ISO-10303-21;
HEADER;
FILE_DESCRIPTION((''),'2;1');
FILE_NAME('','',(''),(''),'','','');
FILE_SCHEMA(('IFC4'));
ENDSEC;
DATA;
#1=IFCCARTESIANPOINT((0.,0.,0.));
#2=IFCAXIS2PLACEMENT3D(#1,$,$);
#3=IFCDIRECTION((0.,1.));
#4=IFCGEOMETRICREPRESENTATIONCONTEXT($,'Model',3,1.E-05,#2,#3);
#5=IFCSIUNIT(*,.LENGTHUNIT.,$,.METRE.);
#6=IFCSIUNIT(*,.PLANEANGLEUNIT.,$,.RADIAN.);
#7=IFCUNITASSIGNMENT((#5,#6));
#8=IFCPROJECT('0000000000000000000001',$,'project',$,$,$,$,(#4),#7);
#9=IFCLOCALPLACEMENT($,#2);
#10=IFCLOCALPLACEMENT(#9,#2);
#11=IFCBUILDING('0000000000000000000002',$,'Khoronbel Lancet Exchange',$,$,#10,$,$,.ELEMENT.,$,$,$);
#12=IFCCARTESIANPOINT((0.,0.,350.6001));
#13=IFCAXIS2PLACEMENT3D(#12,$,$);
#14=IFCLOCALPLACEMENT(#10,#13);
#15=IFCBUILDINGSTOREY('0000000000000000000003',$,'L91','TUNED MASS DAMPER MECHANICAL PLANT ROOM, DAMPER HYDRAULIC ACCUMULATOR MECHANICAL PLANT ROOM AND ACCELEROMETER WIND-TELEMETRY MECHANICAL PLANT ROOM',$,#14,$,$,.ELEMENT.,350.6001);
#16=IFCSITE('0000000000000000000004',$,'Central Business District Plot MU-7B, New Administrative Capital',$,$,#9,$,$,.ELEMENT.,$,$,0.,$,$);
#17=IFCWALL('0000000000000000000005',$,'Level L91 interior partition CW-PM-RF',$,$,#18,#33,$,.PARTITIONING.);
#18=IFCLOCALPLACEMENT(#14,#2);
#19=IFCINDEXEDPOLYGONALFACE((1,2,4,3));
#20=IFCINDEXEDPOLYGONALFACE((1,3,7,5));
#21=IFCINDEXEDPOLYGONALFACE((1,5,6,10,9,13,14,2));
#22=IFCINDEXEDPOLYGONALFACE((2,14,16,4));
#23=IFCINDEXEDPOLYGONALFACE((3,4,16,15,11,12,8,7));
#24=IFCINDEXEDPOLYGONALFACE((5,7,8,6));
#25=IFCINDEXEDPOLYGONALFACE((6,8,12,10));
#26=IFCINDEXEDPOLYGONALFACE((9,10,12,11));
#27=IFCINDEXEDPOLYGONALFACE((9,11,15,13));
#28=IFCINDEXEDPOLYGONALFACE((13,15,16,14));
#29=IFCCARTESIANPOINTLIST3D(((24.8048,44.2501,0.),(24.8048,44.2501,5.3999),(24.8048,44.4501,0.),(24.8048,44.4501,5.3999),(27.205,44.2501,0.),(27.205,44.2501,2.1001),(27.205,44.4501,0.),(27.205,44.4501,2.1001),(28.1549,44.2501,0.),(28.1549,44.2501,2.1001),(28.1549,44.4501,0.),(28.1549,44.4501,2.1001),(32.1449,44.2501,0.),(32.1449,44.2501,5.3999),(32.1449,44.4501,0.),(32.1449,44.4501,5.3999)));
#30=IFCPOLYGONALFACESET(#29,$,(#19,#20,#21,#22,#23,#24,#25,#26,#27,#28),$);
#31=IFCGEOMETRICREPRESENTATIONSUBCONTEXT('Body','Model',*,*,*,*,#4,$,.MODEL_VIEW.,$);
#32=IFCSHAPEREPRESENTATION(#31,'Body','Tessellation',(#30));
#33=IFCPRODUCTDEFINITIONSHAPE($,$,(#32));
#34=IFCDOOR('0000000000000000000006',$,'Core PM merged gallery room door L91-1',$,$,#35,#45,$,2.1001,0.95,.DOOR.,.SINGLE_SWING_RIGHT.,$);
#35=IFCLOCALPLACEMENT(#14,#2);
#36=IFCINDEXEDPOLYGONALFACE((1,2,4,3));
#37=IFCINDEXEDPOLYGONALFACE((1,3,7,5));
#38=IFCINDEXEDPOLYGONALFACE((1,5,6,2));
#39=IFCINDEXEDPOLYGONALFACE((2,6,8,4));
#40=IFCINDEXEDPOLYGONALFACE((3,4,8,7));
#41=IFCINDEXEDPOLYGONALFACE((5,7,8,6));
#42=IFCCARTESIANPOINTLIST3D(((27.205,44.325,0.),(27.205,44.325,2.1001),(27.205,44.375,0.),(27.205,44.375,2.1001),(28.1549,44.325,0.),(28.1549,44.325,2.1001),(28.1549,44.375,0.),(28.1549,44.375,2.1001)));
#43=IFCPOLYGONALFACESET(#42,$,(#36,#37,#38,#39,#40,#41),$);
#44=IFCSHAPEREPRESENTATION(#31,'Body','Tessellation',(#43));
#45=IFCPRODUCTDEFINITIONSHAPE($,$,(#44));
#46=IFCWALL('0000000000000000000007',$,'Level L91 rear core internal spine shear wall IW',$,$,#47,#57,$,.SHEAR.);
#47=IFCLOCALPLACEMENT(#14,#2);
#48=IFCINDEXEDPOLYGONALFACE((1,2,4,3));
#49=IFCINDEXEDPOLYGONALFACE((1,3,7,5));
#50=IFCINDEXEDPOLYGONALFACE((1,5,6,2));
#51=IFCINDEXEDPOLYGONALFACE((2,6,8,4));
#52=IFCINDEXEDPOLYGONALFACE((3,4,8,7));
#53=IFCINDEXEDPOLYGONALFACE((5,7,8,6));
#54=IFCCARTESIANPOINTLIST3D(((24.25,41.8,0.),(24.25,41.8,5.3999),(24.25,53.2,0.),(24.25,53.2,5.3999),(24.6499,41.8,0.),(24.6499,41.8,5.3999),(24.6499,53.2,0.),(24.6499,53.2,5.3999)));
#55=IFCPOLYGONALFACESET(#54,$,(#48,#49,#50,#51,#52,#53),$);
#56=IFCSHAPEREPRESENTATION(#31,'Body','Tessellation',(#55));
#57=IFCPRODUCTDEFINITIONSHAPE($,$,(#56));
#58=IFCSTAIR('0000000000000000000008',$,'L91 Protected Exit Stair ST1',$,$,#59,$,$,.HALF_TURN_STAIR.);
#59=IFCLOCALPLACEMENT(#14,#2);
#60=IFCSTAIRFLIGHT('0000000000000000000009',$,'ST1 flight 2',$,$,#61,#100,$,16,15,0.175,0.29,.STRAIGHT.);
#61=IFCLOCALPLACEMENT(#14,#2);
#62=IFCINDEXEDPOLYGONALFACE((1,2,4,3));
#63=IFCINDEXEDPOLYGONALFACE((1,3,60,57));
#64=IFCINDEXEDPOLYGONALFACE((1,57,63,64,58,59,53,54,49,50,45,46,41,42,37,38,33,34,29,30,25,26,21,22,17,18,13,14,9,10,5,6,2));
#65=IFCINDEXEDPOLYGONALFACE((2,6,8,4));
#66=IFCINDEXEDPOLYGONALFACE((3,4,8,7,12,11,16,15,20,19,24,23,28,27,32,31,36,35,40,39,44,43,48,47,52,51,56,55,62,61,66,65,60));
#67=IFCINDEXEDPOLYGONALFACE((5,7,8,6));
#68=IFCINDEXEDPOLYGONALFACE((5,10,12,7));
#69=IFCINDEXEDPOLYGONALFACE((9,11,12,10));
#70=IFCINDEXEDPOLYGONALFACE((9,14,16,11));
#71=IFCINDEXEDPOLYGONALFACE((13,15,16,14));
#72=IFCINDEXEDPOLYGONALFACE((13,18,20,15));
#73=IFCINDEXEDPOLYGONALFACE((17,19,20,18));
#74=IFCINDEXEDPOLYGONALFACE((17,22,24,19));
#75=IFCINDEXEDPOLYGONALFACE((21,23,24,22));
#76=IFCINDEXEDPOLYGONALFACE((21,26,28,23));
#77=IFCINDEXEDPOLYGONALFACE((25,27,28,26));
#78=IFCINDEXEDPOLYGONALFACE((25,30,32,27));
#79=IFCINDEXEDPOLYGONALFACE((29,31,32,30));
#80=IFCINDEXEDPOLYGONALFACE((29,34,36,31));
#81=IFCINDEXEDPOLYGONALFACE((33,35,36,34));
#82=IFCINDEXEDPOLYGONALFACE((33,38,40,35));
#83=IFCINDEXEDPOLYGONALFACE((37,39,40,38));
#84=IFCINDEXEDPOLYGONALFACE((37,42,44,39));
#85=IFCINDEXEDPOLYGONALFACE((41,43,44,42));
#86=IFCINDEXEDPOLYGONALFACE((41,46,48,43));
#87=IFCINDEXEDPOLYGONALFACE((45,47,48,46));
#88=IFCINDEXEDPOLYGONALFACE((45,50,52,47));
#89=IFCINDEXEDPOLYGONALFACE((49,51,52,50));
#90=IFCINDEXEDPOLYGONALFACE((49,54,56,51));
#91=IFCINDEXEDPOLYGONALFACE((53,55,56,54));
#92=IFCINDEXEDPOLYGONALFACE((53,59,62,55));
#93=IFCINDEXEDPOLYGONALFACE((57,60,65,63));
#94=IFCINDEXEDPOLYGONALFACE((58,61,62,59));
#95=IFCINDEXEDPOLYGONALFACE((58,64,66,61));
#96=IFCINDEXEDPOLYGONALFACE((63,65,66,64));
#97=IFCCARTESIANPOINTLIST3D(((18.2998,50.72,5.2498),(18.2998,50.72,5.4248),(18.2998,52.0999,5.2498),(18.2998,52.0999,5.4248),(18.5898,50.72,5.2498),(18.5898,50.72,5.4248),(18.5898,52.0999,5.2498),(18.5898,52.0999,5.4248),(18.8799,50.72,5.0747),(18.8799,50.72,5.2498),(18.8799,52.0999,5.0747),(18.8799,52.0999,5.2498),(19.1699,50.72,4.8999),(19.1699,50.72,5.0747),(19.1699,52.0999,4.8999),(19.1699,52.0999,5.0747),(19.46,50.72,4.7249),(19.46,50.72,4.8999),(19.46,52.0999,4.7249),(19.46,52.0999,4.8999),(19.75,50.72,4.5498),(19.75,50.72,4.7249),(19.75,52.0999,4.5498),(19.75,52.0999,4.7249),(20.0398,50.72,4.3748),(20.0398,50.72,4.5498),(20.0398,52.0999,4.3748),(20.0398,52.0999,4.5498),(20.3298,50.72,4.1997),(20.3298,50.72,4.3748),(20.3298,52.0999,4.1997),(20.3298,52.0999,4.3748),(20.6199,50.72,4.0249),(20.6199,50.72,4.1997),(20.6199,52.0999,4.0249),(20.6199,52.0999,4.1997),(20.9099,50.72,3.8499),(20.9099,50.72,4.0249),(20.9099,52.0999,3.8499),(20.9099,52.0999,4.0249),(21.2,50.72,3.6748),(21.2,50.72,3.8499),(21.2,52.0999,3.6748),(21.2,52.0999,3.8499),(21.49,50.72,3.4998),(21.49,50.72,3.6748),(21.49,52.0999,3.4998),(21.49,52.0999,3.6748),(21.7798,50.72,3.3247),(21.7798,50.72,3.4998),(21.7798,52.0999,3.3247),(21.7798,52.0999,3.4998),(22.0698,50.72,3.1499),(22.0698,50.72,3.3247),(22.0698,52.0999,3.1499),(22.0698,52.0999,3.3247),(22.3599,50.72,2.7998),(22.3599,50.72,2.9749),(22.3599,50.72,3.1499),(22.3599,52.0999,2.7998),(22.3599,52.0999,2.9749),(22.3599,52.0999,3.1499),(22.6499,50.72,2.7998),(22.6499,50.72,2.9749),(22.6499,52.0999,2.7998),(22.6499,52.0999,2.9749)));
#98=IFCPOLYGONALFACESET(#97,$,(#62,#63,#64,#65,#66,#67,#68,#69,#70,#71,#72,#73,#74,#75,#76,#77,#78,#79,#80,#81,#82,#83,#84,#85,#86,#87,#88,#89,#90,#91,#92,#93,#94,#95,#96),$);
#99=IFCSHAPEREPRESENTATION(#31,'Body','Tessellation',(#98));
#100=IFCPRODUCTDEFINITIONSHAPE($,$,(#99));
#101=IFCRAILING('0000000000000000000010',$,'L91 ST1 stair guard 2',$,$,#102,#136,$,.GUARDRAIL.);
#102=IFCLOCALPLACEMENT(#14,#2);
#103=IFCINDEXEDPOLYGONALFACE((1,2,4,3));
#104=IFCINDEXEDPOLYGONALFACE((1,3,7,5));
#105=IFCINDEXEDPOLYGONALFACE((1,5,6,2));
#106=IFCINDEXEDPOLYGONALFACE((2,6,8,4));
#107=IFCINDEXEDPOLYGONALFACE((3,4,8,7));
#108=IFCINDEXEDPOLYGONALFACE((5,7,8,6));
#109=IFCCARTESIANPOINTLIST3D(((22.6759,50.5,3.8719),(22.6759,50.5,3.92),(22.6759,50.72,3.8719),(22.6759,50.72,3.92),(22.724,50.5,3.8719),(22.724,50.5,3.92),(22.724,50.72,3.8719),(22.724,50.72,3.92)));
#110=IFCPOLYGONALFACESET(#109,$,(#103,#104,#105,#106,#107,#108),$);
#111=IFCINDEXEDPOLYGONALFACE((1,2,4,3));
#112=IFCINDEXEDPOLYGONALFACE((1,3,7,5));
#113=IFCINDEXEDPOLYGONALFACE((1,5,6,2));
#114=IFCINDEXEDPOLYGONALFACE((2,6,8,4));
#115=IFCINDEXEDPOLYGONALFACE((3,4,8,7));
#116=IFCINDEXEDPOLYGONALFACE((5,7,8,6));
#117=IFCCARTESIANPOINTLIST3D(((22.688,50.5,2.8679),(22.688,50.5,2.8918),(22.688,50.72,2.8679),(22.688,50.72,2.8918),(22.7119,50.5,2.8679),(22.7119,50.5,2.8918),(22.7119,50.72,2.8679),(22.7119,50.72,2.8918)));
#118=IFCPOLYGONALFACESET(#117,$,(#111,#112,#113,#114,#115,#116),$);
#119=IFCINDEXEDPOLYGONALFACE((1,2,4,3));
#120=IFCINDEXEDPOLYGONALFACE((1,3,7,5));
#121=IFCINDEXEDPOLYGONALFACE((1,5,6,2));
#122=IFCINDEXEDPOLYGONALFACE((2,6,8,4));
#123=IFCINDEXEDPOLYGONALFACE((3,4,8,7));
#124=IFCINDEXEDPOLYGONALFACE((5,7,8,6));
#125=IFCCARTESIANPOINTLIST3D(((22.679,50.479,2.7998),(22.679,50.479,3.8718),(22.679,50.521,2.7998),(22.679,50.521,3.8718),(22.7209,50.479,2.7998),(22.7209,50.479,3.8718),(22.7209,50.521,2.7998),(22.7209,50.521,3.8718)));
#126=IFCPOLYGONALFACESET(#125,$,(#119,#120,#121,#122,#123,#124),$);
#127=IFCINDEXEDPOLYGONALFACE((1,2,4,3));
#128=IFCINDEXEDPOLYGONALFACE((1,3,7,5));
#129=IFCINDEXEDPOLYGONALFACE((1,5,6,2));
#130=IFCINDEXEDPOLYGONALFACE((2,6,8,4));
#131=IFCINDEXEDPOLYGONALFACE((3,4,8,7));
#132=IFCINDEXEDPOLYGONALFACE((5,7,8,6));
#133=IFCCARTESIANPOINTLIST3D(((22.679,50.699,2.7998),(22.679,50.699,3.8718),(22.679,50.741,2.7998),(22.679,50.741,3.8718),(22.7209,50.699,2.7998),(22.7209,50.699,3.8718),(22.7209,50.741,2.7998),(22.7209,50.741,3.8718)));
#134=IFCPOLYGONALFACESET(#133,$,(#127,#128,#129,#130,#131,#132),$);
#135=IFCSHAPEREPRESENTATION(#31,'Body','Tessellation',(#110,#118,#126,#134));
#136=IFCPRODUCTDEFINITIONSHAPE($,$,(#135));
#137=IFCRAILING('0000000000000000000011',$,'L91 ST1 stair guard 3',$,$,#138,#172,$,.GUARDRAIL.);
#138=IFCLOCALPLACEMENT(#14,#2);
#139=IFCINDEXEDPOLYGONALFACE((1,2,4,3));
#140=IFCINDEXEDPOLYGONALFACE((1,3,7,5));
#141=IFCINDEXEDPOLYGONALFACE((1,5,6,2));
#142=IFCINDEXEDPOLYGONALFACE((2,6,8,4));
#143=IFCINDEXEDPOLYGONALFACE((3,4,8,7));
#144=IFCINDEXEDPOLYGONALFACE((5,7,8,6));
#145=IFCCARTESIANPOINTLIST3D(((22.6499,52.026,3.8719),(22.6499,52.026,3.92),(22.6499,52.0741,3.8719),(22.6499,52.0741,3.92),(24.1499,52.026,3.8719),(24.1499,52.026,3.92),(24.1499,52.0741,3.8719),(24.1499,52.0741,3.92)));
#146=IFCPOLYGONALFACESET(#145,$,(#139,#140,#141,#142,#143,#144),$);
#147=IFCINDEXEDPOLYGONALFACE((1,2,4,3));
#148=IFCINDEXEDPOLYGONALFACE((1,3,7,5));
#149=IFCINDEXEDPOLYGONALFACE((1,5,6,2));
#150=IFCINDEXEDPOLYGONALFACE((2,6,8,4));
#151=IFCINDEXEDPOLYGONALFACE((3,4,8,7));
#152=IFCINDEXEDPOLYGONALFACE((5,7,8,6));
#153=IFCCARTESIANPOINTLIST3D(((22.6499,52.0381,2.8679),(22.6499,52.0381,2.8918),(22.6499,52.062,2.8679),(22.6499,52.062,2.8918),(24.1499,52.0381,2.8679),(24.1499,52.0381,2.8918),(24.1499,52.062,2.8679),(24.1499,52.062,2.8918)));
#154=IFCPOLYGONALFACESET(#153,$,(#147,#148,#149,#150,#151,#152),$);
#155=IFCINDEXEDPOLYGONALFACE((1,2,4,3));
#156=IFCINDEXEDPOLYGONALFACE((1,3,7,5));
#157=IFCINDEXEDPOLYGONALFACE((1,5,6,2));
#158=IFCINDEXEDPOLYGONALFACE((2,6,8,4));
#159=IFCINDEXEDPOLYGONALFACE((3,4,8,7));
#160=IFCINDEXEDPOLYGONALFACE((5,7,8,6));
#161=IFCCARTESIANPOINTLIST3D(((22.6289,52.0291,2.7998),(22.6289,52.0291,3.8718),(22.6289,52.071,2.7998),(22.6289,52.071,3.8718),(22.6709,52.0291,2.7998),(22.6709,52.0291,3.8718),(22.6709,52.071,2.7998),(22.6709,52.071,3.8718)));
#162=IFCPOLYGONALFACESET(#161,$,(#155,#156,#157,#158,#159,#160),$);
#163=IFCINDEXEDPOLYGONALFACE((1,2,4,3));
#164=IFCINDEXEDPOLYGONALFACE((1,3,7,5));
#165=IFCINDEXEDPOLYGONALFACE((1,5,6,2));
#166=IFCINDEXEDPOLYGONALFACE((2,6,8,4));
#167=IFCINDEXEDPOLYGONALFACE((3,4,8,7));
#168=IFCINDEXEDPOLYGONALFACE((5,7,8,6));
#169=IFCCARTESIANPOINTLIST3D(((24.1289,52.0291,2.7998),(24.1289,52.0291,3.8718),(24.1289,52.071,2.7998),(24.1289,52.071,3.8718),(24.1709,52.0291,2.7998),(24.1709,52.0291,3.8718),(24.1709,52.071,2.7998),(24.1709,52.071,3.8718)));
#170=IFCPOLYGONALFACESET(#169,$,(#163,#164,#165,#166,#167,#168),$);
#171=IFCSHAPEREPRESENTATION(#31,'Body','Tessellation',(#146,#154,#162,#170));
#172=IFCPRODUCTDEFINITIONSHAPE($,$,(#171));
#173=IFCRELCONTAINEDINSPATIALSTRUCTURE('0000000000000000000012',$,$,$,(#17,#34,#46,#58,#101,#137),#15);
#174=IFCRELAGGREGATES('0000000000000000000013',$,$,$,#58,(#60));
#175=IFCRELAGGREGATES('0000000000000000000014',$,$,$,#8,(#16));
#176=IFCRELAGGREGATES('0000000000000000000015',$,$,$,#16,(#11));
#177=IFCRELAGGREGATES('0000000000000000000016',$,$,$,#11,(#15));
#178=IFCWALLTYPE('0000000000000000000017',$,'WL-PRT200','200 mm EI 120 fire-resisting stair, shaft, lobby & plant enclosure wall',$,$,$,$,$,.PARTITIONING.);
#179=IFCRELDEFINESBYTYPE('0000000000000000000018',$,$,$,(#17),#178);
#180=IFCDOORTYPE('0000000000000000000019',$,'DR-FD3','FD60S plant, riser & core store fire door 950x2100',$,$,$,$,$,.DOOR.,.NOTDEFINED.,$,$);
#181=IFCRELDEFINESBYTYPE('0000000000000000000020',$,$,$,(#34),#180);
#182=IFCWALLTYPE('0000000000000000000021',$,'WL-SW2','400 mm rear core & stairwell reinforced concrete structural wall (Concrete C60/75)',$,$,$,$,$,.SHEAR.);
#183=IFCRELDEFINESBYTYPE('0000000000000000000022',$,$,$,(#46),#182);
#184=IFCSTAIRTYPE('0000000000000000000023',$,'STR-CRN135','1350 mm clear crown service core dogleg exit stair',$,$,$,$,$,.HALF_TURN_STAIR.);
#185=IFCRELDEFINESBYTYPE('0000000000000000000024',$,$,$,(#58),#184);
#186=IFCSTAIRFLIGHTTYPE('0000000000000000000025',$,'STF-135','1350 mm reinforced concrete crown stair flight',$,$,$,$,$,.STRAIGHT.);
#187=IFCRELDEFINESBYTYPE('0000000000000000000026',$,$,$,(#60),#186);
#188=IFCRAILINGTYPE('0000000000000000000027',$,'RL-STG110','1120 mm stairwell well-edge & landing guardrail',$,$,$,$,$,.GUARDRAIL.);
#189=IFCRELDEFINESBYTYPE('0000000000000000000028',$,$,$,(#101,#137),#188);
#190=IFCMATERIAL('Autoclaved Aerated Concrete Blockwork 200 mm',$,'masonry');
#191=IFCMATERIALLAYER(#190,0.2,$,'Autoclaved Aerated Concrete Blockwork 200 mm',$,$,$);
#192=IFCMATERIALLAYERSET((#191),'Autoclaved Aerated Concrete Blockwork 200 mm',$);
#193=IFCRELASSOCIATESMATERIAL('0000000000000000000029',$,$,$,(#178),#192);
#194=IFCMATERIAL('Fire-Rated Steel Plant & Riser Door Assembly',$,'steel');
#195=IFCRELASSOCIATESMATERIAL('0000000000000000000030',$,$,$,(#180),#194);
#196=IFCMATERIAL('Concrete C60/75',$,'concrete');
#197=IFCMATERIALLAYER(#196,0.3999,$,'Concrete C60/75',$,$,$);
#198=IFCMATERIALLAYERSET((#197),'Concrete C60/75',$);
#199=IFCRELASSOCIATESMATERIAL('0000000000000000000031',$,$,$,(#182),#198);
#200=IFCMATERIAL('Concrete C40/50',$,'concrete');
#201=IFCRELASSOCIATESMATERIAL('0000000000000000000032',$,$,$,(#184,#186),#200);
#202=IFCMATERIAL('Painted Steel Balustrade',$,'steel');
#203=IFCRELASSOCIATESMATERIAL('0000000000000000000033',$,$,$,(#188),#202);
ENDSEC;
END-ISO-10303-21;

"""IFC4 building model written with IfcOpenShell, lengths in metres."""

from ifc_helpers import new_model, si_unit, direction, frame, frame_2d, origin, origin_2d, place, context, subcontext, project, spatial, polyline, rectangle, outline, extrude, material, layer, layer_set, type_object, element, fill, aggregate, save


model = new_model("IFC4")

# Units and contexts
model_context = context("Model", 3, precision=1e-05, world=origin(), true_north=direction((0.0, 1.0)))
body_context = subcontext(model_context, "Body", "Model", "MODEL_VIEW")
ifc_project = project(units=[si_unit("LENGTHUNIT", "METRE"), si_unit("PLANEANGLEUNIT", "RADIAN")], contexts=[model_context])

# Site, building, storey
site_placement = place(None, origin())
site = spatial("IfcSite", under=ifc_project, at=site_placement, Name="Central Business District Plot MU-7B, New Administrative Capital", CompositionType="ELEMENT", RefElevation=0.0)
building_placement = place(site_placement, origin())
building = spatial("IfcBuilding", under=site, at=building_placement, Name="Khoronbel Lancet Exchange", CompositionType="ELEMENT")
storey_placement = place(building_placement, frame((0.0, 0.0, 350.6001)))
storey = spatial("IfcBuildingStorey", under=building, at=storey_placement, Name="L91", Description="TUNED MASS DAMPER MECHANICAL PLANT ROOM, DAMPER HYDRAULIC ACCUMULATOR MECHANICAL PLANT ROOM AND ACCELEROMETER WIND-TELEMETRY MECHANICAL PLANT ROOM", CompositionType="ELEMENT", Elevation=350.6001)

# Shared definitions
ifc_material_1 = material(Name="Autoclaved Aerated Concrete Blockwork 200 mm", Category="masonry")
ifc_layer_1 = layer(ifc_material_1, 0.2, Name="Autoclaved Aerated Concrete Blockwork 200 mm")
ifc_layer_set_1 = layer_set([ifc_layer_1], Name="Autoclaved Aerated Concrete Blockwork 200 mm")
wall_type_1 = type_object("IfcWallType", Name="WL-PRT200", Description="200 mm EI 120 fire-resisting stair, shaft, lobby & plant enclosure wall", PredefinedType="PARTITIONING", material=ifc_layer_set_1)

# Shared definitions
ifc_material_2 = material(Name="Fire-Rated Steel Plant & Riser Door Assembly", Category="steel")
door_type_1 = type_object("IfcDoorType", Name="DR-FD3", Description="FD60S plant, riser & core store fire door 950x2100", OperationType="NOTDEFINED", PredefinedType="DOOR", material=ifc_material_2)

# Wall, opening, door
wall_1_placement = place(storey_placement, frame((24.8049, 44.3501, 0.0), z_axis=(0.0, 0.0, 1.0), x_axis=(1.0, 0.0, 0.0)))
wall_1 = element("IfcWall", 1, at=wall_1_placement, inside=storey, type_object=wall_type_1, Name="Level L91 interior partition CW-PM-RF", PredefinedType="PARTITIONING", context=body_context, shape_type="SweptSolid", body=[
    extrude(rectangle(XDim=7.3401, YDim=0.2, at=frame_2d((3.6699, 0.0))), origin(), (0.0, 0.0, 1.0), 5.3999),
])
opening_1_placement = place(wall_1_placement, frame((2.3999, 0.0, 0.0)))
opening_1 = element("IfcOpeningElement", 2, at=opening_1_placement, cuts=wall_1, PredefinedType="OPENING", context=body_context, shape_type="SweptSolid", body=[
    extrude(rectangle(XDim=0.95, YDim=2.1001, at=frame_2d((0.4751, 1.05))), frame((0.0, 0.1099, 0.0), z_axis=(0.0, -1.0, 0.0), x_axis=(1.0, 0.0, 0.0)), (0.0, 0.0, 1.0), 0.22),
])
door_1_placement = place(opening_1_placement, origin())
door_1 = element("IfcDoor", 3, at=door_1_placement, inside=storey, type_object=door_type_1, Name="Core PM merged gallery room door L91-1", OperationType="SINGLE_SWING_RIGHT", OverallHeight=2.1001, OverallWidth=0.95, PredefinedType="DOOR", context=body_context, shape_type="SweptSolid", body=[
    extrude(rectangle(XDim=0.95, YDim=2.1001, at=frame_2d((0.4751, 1.05))), frame((0.0, 0.0249, 0.0), z_axis=(0.0, -1.0, 0.0), x_axis=(1.0, 0.0, 0.0)), (0.0, 0.0, 1.0), 0.05),
])
fill(opening_1, door_1)

# Wall
ifc_material_3 = material(Name="Concrete C60/75", Category="concrete")
ifc_layer_2 = layer(ifc_material_3, 0.3999, Name="Concrete C60/75")
ifc_layer_set_2 = layer_set([ifc_layer_2], Name="Concrete C60/75")
wall_type_2 = type_object("IfcWallType", Name="WL-SW2", Description="400 mm rear core & stairwell reinforced concrete structural wall (Concrete C60/75)", PredefinedType="SHEAR", material=ifc_layer_set_2)
wall_2_placement = place(storey_placement, frame((24.45, 41.8, 0.0), z_axis=(0.0, 0.0, 1.0), x_axis=(0.0, 1.0, 0.0)))
element("IfcWall", 4, at=wall_2_placement, inside=storey, type_object=wall_type_2, Name="Level L91 rear core internal spine shear wall IW", PredefinedType="SHEAR", context=body_context, shape_type="SweptSolid", body=[
    extrude(rectangle(XDim=11.3999, YDim=0.3999, at=frame_2d((5.7, 0.0))), origin(), (0.0, 0.0, 1.0), 5.3999),
])

# Stair, stair flight
ifc_material_4 = material(Name="Concrete C40/50", Category="concrete")
stair_type = type_object("IfcStairType", Name="STR-CRN135", Description="1350 mm clear crown service core dogleg exit stair", PredefinedType="HALF_TURN_STAIR", material=ifc_material_4)
stair_placement = place(storey_placement, origin())
stair = element("IfcStair", 5, at=stair_placement, inside=storey, type_object=stair_type, Name="L91 Protected Exit Stair ST1", PredefinedType="HALF_TURN_STAIR")
stair_flight_type = type_object("IfcStairFlightType", Name="STF-135", Description="1350 mm reinforced concrete crown stair flight", PredefinedType="STRAIGHT", material=ifc_material_4)
stair_flight_placement = place(storey_placement, frame((22.6499, 51.4099, 2.7998), z_axis=(0.0, 0.0, 1.0), x_axis=(-1.0, 0.0, 0.0)))
stair_flight = element("IfcStairFlight", 6, at=stair_flight_placement, type_object=stair_flight_type, Name="ST1 flight 2", NumberOfRisers=16, NumberOfTreads=15, PredefinedType="STRAIGHT", RiserHeight=0.175, TreadLength=0.29, context=body_context, shape_type="SweptSolid", body=[
    extrude(outline(polyline([(0.0, 0.0), (0.0, 0.175), (0.29, 0.175), (0.29, 0.3501), (0.5801, 0.3501), (0.5801, 0.5249), (0.8701, 0.5249), (0.8701, 0.7), (1.1599, 0.7), (1.1599, 0.875), (1.45, 0.875), (1.45, 1.05), (1.74, 1.05), (1.74, 1.2251), (2.03, 1.2251), (2.03, 1.3999), (2.3201, 1.3999), (2.3201, 1.575), (2.6101, 1.575), (2.6101, 1.75), (2.8999, 1.75), (2.8999, 1.925), (3.1899, 1.925), (3.1899, 2.1001), (3.48, 2.1001), (3.48, 2.2749), (3.77, 2.2749), (3.77, 2.45), (4.0601, 2.45), (4.0601, 2.625), (4.3501, 2.625), (4.3501, 2.8), (4.3501, 2.45), (0.29, 0.0), (0.0, 0.0)])), frame((0.0, 0.6899, 0.0), z_axis=(0.0, -1.0, 0.0), x_axis=(1.0, 0.0, 0.0)), (0.0, 0.0, 1.0), 1.3799),
])
aggregate(stair, [stair_flight])

# Railings
ifc_material_5 = material(Name="Painted Steel Balustrade", Category="steel")
railing_type_1 = type_object("IfcRailingType", Name="RL-STG110", Description="1120 mm stairwell well-edge & landing guardrail", PredefinedType="GUARDRAIL", material=ifc_material_5)
railing_1_placement = place(storey_placement, frame((22.7, 50.5, 2.7998)))
element("IfcRailing", 7, at=railing_1_placement, inside=storey, type_object=railing_type_1, Name="L91 ST1 stair guard 2", PredefinedType="GUARDRAIL", context=body_context, shape_type="SweptSolid", body=[
    extrude(rectangle(XDim=0.0481, YDim=0.0481, at=origin_2d()), frame((0.0, 0.0, 1.0962), z_axis=(0.0, 1.0, 0.0), x_axis=(-1.0, 0.0, 0.0)), (0.0, 0.0, 1.0), 0.22),
    extrude(rectangle(XDim=0.0239, YDim=0.0239, at=origin_2d()), frame((0.0, 0.0, 0.0801), z_axis=(0.0, 1.0, 0.0), x_axis=(-1.0, 0.0, 0.0)), (0.0, 0.0, 1.0), 0.22),
    extrude(rectangle(XDim=0.042, YDim=0.042, at=origin_2d()), origin(), (0.0, 0.0, 1.0), 1.072),
    extrude(rectangle(XDim=0.042, YDim=0.042, at=origin_2d()), frame((0.0, 0.22, 0.0)), (0.0, 0.0, 1.0), 1.072),
])
railing_2_placement = place(storey_placement, frame((22.6499, 52.05, 2.7998)))
element("IfcRailing", 8, at=railing_2_placement, inside=storey, type_object=railing_type_1, Name="L91 ST1 stair guard 3", PredefinedType="GUARDRAIL", context=body_context, shape_type="SweptSolid", body=[
    extrude(rectangle(XDim=0.0481, YDim=0.0481, at=origin_2d()), frame((0.0, 0.0, 1.0962), z_axis=(1.0, 0.0, 0.0), x_axis=(0.0, 1.0, 0.0)), (0.0, 0.0, 1.0), 1.5),
    extrude(rectangle(XDim=0.0239, YDim=0.0239, at=origin_2d()), frame((0.0, 0.0, 0.0801), z_axis=(1.0, 0.0, 0.0), x_axis=(0.0, 1.0, 0.0)), (0.0, 0.0, 1.0), 1.5),
    extrude(rectangle(XDim=0.042, YDim=0.042, at=origin_2d()), origin(), (0.0, 0.0, 1.0), 1.072),
    extrude(rectangle(XDim=0.042, YDim=0.042, at=origin_2d()), frame((1.5, 0.0, 0.0)), (0.0, 0.0, 1.0), 1.072),
])

save(model, "model.ifc")
